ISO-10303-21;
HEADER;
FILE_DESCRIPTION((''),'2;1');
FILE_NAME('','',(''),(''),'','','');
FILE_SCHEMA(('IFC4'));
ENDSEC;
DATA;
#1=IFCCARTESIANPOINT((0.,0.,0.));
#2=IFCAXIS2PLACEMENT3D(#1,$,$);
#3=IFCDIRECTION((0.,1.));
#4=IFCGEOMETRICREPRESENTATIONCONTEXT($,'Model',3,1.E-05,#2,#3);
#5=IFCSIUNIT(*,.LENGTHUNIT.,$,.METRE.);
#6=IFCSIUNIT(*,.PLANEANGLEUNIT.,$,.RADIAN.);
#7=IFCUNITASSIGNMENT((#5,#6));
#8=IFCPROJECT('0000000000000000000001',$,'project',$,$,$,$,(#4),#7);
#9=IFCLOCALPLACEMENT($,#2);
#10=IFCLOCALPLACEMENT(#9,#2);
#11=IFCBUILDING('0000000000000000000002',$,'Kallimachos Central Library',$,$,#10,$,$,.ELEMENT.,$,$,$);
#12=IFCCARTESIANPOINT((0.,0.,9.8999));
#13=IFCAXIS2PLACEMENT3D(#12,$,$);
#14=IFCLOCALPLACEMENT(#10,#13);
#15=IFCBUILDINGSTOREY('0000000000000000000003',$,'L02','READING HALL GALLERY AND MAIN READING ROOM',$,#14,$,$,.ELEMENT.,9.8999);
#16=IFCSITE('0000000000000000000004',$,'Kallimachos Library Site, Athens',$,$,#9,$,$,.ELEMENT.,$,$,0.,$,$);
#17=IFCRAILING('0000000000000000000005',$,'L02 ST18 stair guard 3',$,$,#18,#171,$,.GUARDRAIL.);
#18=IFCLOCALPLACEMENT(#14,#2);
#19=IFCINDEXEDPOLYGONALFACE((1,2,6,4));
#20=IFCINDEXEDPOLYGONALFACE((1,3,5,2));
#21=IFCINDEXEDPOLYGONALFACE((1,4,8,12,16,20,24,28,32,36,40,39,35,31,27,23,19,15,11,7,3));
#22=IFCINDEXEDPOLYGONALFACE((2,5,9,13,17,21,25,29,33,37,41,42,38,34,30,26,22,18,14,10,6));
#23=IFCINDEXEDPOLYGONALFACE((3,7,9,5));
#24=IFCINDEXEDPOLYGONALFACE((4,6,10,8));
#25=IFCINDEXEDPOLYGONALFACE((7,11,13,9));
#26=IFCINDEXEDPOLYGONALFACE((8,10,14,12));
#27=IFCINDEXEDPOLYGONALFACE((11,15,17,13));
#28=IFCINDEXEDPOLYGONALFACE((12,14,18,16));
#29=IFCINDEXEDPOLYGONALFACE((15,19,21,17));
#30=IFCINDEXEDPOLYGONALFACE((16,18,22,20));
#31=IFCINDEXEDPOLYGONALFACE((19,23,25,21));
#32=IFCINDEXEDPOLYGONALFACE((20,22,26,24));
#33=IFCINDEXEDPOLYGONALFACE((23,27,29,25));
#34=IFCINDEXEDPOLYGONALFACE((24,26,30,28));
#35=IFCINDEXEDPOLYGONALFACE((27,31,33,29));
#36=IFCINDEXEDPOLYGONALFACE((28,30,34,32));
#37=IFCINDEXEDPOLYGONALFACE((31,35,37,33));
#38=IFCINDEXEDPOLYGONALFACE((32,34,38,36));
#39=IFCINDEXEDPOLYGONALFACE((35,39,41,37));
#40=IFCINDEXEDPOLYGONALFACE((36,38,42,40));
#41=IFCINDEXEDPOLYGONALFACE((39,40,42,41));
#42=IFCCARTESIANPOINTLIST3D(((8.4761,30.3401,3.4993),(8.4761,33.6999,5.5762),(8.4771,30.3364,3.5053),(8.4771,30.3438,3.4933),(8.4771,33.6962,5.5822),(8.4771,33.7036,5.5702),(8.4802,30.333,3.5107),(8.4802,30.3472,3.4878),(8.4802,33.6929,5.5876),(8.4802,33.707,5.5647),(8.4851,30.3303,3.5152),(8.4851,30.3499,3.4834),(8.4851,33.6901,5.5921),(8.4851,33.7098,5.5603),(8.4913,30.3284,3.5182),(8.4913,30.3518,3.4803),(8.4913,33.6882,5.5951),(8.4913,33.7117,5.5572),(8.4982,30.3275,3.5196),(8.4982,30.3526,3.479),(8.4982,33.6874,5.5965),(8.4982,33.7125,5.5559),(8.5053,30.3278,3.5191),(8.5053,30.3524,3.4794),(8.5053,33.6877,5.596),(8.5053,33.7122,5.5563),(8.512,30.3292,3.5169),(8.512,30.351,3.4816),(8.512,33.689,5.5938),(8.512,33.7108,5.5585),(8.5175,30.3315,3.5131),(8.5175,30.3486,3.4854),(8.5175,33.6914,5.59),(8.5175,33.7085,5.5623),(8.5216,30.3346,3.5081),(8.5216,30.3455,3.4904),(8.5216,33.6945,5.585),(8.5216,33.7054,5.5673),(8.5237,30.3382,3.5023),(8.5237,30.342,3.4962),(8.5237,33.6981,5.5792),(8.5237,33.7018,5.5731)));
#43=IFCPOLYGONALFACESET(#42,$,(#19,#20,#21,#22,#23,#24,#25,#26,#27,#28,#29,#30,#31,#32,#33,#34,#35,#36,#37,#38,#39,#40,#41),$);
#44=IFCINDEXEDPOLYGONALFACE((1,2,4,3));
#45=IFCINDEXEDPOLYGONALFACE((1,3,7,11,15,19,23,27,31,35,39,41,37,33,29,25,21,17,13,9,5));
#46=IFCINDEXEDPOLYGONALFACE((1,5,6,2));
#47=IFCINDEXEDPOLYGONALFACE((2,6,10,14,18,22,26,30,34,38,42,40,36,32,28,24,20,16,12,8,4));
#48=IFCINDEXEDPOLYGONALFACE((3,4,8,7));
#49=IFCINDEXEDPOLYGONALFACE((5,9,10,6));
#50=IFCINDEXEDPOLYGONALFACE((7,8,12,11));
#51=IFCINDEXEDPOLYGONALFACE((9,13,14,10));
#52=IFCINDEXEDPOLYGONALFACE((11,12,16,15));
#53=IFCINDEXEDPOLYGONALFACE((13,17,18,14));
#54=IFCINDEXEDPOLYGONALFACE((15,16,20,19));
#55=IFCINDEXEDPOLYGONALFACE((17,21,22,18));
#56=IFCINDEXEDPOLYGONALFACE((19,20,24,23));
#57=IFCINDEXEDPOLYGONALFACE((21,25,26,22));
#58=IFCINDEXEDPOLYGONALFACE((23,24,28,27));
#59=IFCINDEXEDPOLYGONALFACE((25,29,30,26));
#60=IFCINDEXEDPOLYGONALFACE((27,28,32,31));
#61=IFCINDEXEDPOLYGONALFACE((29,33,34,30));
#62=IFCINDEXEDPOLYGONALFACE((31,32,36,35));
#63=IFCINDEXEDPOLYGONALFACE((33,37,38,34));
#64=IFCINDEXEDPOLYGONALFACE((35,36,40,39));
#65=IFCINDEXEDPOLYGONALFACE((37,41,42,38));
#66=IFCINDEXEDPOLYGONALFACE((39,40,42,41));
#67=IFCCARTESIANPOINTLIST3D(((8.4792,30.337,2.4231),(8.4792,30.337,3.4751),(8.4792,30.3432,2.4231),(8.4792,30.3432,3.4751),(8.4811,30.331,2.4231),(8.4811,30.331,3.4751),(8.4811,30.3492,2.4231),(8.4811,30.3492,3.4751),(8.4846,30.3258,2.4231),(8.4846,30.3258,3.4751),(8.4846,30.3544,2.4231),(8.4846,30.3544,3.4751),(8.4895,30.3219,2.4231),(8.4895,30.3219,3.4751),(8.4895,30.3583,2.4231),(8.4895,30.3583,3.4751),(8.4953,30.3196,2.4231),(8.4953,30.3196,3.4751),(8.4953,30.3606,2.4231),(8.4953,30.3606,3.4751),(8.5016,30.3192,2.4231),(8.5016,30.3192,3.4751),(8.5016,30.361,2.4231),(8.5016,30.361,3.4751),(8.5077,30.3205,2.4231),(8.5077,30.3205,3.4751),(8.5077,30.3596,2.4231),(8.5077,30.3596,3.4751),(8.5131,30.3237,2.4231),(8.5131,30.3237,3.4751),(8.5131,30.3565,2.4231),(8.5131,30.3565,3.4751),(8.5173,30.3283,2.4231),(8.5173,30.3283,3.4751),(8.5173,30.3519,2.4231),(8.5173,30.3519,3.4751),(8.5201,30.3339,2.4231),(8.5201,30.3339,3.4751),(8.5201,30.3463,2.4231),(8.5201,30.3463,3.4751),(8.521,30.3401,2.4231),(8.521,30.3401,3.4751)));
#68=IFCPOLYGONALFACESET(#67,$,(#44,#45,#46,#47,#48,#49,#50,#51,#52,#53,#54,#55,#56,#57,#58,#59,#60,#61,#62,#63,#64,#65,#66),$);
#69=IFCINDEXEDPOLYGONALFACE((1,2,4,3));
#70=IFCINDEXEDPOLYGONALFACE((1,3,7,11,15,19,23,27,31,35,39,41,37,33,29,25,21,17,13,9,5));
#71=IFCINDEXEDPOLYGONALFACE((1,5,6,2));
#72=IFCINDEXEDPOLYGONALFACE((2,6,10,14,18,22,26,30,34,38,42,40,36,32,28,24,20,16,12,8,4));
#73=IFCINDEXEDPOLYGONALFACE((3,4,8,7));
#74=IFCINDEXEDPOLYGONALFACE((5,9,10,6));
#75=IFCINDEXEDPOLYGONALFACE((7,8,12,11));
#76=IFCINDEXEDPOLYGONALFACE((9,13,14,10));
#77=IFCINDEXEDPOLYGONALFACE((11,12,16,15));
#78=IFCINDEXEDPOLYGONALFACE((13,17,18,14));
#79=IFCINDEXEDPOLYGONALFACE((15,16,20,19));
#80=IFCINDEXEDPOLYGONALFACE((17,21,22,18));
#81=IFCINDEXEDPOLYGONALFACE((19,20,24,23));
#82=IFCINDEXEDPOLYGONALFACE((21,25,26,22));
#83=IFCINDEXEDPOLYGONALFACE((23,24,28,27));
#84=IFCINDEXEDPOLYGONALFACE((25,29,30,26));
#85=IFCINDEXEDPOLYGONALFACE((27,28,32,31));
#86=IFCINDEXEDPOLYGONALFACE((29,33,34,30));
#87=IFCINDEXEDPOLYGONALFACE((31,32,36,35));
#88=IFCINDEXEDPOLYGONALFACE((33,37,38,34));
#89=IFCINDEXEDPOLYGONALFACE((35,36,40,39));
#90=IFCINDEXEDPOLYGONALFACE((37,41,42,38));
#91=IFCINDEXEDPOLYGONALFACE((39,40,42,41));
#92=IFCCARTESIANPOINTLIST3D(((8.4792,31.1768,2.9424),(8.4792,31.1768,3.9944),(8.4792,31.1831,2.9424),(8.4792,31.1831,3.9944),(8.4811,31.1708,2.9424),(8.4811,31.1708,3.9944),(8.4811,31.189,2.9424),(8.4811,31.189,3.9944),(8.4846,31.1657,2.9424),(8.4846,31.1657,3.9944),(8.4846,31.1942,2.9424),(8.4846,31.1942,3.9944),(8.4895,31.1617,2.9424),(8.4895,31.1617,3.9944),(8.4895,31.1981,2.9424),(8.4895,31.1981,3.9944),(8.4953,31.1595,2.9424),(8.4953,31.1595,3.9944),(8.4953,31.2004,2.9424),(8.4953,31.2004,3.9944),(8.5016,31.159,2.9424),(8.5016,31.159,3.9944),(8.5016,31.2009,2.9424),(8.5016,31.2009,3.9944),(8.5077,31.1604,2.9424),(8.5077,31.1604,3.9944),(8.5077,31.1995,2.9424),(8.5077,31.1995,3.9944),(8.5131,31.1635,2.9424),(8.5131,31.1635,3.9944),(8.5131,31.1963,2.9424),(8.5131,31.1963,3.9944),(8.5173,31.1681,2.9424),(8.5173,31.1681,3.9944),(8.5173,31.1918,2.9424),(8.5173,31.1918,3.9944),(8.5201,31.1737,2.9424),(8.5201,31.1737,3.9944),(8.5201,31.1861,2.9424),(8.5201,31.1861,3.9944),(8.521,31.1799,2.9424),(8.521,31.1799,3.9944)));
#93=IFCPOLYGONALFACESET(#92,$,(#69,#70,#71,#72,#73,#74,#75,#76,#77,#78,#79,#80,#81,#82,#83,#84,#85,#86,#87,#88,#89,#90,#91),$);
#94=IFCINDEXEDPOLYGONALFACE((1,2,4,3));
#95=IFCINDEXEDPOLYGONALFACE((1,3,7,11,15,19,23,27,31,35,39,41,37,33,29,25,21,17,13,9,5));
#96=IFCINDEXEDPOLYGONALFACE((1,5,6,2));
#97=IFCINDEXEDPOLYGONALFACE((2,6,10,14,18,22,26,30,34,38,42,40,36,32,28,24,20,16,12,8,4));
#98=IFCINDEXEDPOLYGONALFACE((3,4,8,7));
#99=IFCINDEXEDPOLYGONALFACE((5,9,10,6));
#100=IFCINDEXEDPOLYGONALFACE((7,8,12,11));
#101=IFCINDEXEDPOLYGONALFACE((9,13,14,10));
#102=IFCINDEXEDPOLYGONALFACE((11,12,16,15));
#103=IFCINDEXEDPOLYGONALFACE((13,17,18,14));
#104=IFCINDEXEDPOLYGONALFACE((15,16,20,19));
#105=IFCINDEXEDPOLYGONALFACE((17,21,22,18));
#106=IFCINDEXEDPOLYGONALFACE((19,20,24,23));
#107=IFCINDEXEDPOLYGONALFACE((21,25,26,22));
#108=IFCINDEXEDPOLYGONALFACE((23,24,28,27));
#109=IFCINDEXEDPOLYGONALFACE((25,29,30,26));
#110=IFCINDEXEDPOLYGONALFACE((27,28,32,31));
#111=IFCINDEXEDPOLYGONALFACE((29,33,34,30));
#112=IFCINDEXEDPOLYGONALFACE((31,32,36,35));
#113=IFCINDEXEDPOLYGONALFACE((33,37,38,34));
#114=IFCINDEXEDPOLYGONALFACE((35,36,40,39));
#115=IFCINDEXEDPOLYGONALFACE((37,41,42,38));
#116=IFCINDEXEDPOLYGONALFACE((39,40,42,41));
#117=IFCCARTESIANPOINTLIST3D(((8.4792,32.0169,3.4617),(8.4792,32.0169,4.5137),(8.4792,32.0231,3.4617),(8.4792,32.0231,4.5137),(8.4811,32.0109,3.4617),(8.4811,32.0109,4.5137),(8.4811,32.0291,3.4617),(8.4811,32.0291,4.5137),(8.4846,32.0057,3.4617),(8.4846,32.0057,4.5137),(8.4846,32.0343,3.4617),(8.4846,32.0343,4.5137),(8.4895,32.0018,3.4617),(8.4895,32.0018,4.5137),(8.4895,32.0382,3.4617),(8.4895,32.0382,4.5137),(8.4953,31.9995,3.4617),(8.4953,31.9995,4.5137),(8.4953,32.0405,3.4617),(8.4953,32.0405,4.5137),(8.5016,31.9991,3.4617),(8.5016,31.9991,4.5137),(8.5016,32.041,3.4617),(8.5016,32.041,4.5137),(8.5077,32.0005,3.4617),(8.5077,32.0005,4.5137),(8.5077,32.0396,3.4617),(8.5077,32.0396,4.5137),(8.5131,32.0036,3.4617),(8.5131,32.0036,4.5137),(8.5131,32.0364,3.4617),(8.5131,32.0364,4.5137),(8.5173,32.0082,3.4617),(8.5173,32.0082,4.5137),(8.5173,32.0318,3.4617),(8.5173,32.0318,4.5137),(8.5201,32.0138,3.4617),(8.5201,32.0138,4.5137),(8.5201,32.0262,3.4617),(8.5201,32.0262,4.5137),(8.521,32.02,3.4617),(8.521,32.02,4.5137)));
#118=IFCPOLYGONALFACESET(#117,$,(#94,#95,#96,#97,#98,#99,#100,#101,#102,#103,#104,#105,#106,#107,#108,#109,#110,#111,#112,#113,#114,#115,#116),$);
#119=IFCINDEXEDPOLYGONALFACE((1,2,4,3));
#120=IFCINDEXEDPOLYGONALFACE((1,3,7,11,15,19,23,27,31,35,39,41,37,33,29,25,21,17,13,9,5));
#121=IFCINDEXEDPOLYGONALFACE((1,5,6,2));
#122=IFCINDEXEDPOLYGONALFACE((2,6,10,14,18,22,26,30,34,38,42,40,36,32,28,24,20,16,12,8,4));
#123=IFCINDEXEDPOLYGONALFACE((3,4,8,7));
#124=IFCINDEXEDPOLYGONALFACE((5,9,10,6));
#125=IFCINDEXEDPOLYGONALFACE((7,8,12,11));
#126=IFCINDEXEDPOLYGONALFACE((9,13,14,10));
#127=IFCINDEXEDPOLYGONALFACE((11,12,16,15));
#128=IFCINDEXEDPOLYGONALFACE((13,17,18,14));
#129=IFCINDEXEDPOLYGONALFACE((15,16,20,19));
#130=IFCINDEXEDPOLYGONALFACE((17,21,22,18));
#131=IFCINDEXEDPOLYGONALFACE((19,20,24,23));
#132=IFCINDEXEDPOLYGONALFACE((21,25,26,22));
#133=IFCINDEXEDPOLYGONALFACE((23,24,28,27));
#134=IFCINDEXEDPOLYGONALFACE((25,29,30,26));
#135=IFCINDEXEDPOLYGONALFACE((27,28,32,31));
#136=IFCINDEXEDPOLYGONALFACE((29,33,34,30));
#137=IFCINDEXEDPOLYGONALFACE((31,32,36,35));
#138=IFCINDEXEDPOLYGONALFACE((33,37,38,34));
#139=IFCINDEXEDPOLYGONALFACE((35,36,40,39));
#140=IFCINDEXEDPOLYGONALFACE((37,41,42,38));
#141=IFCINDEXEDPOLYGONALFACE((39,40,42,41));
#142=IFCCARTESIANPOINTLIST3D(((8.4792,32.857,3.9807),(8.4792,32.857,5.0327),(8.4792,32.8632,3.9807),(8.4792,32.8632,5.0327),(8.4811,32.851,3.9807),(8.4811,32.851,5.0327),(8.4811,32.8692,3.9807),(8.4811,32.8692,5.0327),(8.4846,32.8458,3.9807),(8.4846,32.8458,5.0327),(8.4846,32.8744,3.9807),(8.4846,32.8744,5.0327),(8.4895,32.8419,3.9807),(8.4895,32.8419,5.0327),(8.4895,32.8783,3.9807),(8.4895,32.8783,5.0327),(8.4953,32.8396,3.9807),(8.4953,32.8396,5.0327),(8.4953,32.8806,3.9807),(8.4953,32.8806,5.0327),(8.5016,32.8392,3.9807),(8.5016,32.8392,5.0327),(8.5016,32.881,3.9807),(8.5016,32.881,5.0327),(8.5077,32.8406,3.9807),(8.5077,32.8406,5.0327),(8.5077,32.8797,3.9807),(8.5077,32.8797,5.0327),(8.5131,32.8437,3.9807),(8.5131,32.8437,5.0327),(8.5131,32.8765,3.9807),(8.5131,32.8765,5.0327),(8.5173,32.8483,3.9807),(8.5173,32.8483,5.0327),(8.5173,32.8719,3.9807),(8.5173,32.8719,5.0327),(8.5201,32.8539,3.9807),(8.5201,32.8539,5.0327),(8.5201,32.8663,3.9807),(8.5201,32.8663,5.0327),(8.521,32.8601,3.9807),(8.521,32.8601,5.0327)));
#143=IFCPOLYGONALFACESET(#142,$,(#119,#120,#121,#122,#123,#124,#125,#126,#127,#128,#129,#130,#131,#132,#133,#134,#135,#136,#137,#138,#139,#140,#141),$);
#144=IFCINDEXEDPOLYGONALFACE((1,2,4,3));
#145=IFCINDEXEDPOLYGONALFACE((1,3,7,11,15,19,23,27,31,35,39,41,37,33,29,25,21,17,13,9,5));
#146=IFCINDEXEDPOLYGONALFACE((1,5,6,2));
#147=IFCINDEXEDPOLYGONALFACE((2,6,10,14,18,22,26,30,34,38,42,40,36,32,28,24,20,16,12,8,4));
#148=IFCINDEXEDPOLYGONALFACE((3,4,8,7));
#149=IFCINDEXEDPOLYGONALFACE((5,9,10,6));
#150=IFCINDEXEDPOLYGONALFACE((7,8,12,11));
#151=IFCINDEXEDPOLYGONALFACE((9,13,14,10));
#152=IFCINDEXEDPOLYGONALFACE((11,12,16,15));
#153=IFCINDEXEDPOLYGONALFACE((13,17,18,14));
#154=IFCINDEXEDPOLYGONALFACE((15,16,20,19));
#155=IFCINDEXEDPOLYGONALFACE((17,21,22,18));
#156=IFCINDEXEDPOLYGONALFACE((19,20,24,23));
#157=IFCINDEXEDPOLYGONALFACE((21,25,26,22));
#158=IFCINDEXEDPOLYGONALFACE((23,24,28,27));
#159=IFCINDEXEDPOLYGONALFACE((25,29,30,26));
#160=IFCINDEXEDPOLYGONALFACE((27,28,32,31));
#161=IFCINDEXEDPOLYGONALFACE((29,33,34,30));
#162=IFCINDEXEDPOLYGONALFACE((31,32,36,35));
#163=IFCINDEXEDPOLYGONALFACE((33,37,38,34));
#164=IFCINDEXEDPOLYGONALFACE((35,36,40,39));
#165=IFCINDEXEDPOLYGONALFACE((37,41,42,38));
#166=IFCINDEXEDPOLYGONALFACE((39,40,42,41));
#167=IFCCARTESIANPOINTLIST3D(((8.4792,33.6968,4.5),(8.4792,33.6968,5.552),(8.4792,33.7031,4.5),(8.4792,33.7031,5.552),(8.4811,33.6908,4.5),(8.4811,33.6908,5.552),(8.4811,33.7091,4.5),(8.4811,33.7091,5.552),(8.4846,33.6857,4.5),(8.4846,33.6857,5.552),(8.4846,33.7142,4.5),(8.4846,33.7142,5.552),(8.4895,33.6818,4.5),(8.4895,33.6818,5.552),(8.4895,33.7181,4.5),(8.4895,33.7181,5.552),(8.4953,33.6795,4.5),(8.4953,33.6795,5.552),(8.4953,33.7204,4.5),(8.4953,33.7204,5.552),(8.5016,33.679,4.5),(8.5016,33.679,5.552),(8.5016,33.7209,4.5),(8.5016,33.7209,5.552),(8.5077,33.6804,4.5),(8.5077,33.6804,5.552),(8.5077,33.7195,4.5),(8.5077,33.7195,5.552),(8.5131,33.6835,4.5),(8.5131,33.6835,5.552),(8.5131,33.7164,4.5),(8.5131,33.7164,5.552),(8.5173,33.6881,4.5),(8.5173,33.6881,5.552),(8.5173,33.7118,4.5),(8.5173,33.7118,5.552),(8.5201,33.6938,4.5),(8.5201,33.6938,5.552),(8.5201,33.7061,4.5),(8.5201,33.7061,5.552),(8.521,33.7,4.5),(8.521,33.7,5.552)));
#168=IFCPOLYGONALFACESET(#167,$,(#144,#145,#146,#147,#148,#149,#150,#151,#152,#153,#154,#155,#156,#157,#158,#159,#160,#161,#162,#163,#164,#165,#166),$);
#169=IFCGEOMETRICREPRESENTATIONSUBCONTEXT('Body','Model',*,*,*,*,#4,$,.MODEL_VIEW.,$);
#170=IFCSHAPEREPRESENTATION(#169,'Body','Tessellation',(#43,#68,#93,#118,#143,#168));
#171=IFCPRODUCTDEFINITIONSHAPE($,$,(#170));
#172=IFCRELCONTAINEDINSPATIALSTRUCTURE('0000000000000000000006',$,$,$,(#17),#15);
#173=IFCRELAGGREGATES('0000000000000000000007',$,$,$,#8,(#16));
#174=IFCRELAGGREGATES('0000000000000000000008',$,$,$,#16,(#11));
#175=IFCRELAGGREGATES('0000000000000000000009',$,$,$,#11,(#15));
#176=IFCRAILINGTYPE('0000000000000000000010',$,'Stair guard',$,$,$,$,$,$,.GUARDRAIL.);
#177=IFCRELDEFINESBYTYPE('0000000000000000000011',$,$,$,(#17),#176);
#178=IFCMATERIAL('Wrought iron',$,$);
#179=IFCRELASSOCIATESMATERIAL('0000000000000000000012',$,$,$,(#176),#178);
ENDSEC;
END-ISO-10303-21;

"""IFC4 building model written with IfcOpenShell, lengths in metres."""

from ifc_helpers import new_model, si_unit, direction, frame, origin, origin_2d, place, context, subcontext, project, spatial, circle, extrude, material, type_object, element, save


model = new_model("IFC4")

# Units and contexts
model_context = context("Model", 3, precision=1e-05, world=origin(), true_north=direction((0.0, 1.0)))
body_context = subcontext(model_context, "Body", "Model", "MODEL_VIEW")
ifc_project = project(units=[si_unit("LENGTHUNIT", "METRE"), si_unit("PLANEANGLEUNIT", "RADIAN")], contexts=[model_context])

# Site, building, storey
site_placement = place(None, origin())
site = spatial("IfcSite", under=ifc_project, at=site_placement, Name="Kallimachos Library Site, Athens", CompositionType="ELEMENT", RefElevation=0.0)
building_placement = place(site_placement, origin())
building = spatial("IfcBuilding", under=site, at=building_placement, Name="Kallimachos Central Library", CompositionType="ELEMENT")
storey_placement = place(building_placement, frame((0.0, 0.0, 9.8999)))
storey = spatial("IfcBuildingStorey", under=building, at=storey_placement, Name="L02", Description="READING HALL GALLERY AND MAIN READING ROOM", CompositionType="ELEMENT", Elevation=9.8999)

# Railing
ifc_material_1 = material(Name="Wrought iron")
railing_type_1 = type_object("IfcRailingType", Name="Stair guard", PredefinedType="GUARDRAIL", material=ifc_material_1)
railing_1_placement = place(storey_placement, frame((8.5, 30.3401, 2.4231)))
element("IfcRailing", 1, at=railing_1_placement, inside=storey, type_object=railing_type_1, Name="L02 ST18 stair guard 3", PredefinedType="GUARDRAIL", context=body_context, shape_type="SweptSolid", body=[
    extrude(circle(Radius=0.0239, at=origin_2d()), frame((0.0, 0.0, 1.0762), z_axis=(0.0, 0.850606, 0.525803), x_axis=(-1.0, 0.0, 0.0)), (0.0, 0.0, 1.0), 3.95),
    extrude(circle(Radius=0.021, at=origin_2d()), origin(), (0.0, 0.0, 1.0), 1.052),
    extrude(circle(Radius=0.021, at=origin_2d()), frame((0.0, 0.8398, 0.5193)), (0.0, 0.0, 1.0), 1.052),
    extrude(circle(Radius=0.021, at=origin_2d()), frame((0.0, 1.6799, 1.0386)), (0.0, 0.0, 1.0), 1.052),
    extrude(circle(Radius=0.021, at=origin_2d()), frame((0.0, 2.52, 1.5576)), (0.0, 0.0, 1.0), 1.052),
    extrude(circle(Radius=0.021, at=origin_2d()), frame((0.0, 3.3599, 2.0769)), (0.0, 0.0, 1.0), 1.052),
])

save(model, "model.ifc")
